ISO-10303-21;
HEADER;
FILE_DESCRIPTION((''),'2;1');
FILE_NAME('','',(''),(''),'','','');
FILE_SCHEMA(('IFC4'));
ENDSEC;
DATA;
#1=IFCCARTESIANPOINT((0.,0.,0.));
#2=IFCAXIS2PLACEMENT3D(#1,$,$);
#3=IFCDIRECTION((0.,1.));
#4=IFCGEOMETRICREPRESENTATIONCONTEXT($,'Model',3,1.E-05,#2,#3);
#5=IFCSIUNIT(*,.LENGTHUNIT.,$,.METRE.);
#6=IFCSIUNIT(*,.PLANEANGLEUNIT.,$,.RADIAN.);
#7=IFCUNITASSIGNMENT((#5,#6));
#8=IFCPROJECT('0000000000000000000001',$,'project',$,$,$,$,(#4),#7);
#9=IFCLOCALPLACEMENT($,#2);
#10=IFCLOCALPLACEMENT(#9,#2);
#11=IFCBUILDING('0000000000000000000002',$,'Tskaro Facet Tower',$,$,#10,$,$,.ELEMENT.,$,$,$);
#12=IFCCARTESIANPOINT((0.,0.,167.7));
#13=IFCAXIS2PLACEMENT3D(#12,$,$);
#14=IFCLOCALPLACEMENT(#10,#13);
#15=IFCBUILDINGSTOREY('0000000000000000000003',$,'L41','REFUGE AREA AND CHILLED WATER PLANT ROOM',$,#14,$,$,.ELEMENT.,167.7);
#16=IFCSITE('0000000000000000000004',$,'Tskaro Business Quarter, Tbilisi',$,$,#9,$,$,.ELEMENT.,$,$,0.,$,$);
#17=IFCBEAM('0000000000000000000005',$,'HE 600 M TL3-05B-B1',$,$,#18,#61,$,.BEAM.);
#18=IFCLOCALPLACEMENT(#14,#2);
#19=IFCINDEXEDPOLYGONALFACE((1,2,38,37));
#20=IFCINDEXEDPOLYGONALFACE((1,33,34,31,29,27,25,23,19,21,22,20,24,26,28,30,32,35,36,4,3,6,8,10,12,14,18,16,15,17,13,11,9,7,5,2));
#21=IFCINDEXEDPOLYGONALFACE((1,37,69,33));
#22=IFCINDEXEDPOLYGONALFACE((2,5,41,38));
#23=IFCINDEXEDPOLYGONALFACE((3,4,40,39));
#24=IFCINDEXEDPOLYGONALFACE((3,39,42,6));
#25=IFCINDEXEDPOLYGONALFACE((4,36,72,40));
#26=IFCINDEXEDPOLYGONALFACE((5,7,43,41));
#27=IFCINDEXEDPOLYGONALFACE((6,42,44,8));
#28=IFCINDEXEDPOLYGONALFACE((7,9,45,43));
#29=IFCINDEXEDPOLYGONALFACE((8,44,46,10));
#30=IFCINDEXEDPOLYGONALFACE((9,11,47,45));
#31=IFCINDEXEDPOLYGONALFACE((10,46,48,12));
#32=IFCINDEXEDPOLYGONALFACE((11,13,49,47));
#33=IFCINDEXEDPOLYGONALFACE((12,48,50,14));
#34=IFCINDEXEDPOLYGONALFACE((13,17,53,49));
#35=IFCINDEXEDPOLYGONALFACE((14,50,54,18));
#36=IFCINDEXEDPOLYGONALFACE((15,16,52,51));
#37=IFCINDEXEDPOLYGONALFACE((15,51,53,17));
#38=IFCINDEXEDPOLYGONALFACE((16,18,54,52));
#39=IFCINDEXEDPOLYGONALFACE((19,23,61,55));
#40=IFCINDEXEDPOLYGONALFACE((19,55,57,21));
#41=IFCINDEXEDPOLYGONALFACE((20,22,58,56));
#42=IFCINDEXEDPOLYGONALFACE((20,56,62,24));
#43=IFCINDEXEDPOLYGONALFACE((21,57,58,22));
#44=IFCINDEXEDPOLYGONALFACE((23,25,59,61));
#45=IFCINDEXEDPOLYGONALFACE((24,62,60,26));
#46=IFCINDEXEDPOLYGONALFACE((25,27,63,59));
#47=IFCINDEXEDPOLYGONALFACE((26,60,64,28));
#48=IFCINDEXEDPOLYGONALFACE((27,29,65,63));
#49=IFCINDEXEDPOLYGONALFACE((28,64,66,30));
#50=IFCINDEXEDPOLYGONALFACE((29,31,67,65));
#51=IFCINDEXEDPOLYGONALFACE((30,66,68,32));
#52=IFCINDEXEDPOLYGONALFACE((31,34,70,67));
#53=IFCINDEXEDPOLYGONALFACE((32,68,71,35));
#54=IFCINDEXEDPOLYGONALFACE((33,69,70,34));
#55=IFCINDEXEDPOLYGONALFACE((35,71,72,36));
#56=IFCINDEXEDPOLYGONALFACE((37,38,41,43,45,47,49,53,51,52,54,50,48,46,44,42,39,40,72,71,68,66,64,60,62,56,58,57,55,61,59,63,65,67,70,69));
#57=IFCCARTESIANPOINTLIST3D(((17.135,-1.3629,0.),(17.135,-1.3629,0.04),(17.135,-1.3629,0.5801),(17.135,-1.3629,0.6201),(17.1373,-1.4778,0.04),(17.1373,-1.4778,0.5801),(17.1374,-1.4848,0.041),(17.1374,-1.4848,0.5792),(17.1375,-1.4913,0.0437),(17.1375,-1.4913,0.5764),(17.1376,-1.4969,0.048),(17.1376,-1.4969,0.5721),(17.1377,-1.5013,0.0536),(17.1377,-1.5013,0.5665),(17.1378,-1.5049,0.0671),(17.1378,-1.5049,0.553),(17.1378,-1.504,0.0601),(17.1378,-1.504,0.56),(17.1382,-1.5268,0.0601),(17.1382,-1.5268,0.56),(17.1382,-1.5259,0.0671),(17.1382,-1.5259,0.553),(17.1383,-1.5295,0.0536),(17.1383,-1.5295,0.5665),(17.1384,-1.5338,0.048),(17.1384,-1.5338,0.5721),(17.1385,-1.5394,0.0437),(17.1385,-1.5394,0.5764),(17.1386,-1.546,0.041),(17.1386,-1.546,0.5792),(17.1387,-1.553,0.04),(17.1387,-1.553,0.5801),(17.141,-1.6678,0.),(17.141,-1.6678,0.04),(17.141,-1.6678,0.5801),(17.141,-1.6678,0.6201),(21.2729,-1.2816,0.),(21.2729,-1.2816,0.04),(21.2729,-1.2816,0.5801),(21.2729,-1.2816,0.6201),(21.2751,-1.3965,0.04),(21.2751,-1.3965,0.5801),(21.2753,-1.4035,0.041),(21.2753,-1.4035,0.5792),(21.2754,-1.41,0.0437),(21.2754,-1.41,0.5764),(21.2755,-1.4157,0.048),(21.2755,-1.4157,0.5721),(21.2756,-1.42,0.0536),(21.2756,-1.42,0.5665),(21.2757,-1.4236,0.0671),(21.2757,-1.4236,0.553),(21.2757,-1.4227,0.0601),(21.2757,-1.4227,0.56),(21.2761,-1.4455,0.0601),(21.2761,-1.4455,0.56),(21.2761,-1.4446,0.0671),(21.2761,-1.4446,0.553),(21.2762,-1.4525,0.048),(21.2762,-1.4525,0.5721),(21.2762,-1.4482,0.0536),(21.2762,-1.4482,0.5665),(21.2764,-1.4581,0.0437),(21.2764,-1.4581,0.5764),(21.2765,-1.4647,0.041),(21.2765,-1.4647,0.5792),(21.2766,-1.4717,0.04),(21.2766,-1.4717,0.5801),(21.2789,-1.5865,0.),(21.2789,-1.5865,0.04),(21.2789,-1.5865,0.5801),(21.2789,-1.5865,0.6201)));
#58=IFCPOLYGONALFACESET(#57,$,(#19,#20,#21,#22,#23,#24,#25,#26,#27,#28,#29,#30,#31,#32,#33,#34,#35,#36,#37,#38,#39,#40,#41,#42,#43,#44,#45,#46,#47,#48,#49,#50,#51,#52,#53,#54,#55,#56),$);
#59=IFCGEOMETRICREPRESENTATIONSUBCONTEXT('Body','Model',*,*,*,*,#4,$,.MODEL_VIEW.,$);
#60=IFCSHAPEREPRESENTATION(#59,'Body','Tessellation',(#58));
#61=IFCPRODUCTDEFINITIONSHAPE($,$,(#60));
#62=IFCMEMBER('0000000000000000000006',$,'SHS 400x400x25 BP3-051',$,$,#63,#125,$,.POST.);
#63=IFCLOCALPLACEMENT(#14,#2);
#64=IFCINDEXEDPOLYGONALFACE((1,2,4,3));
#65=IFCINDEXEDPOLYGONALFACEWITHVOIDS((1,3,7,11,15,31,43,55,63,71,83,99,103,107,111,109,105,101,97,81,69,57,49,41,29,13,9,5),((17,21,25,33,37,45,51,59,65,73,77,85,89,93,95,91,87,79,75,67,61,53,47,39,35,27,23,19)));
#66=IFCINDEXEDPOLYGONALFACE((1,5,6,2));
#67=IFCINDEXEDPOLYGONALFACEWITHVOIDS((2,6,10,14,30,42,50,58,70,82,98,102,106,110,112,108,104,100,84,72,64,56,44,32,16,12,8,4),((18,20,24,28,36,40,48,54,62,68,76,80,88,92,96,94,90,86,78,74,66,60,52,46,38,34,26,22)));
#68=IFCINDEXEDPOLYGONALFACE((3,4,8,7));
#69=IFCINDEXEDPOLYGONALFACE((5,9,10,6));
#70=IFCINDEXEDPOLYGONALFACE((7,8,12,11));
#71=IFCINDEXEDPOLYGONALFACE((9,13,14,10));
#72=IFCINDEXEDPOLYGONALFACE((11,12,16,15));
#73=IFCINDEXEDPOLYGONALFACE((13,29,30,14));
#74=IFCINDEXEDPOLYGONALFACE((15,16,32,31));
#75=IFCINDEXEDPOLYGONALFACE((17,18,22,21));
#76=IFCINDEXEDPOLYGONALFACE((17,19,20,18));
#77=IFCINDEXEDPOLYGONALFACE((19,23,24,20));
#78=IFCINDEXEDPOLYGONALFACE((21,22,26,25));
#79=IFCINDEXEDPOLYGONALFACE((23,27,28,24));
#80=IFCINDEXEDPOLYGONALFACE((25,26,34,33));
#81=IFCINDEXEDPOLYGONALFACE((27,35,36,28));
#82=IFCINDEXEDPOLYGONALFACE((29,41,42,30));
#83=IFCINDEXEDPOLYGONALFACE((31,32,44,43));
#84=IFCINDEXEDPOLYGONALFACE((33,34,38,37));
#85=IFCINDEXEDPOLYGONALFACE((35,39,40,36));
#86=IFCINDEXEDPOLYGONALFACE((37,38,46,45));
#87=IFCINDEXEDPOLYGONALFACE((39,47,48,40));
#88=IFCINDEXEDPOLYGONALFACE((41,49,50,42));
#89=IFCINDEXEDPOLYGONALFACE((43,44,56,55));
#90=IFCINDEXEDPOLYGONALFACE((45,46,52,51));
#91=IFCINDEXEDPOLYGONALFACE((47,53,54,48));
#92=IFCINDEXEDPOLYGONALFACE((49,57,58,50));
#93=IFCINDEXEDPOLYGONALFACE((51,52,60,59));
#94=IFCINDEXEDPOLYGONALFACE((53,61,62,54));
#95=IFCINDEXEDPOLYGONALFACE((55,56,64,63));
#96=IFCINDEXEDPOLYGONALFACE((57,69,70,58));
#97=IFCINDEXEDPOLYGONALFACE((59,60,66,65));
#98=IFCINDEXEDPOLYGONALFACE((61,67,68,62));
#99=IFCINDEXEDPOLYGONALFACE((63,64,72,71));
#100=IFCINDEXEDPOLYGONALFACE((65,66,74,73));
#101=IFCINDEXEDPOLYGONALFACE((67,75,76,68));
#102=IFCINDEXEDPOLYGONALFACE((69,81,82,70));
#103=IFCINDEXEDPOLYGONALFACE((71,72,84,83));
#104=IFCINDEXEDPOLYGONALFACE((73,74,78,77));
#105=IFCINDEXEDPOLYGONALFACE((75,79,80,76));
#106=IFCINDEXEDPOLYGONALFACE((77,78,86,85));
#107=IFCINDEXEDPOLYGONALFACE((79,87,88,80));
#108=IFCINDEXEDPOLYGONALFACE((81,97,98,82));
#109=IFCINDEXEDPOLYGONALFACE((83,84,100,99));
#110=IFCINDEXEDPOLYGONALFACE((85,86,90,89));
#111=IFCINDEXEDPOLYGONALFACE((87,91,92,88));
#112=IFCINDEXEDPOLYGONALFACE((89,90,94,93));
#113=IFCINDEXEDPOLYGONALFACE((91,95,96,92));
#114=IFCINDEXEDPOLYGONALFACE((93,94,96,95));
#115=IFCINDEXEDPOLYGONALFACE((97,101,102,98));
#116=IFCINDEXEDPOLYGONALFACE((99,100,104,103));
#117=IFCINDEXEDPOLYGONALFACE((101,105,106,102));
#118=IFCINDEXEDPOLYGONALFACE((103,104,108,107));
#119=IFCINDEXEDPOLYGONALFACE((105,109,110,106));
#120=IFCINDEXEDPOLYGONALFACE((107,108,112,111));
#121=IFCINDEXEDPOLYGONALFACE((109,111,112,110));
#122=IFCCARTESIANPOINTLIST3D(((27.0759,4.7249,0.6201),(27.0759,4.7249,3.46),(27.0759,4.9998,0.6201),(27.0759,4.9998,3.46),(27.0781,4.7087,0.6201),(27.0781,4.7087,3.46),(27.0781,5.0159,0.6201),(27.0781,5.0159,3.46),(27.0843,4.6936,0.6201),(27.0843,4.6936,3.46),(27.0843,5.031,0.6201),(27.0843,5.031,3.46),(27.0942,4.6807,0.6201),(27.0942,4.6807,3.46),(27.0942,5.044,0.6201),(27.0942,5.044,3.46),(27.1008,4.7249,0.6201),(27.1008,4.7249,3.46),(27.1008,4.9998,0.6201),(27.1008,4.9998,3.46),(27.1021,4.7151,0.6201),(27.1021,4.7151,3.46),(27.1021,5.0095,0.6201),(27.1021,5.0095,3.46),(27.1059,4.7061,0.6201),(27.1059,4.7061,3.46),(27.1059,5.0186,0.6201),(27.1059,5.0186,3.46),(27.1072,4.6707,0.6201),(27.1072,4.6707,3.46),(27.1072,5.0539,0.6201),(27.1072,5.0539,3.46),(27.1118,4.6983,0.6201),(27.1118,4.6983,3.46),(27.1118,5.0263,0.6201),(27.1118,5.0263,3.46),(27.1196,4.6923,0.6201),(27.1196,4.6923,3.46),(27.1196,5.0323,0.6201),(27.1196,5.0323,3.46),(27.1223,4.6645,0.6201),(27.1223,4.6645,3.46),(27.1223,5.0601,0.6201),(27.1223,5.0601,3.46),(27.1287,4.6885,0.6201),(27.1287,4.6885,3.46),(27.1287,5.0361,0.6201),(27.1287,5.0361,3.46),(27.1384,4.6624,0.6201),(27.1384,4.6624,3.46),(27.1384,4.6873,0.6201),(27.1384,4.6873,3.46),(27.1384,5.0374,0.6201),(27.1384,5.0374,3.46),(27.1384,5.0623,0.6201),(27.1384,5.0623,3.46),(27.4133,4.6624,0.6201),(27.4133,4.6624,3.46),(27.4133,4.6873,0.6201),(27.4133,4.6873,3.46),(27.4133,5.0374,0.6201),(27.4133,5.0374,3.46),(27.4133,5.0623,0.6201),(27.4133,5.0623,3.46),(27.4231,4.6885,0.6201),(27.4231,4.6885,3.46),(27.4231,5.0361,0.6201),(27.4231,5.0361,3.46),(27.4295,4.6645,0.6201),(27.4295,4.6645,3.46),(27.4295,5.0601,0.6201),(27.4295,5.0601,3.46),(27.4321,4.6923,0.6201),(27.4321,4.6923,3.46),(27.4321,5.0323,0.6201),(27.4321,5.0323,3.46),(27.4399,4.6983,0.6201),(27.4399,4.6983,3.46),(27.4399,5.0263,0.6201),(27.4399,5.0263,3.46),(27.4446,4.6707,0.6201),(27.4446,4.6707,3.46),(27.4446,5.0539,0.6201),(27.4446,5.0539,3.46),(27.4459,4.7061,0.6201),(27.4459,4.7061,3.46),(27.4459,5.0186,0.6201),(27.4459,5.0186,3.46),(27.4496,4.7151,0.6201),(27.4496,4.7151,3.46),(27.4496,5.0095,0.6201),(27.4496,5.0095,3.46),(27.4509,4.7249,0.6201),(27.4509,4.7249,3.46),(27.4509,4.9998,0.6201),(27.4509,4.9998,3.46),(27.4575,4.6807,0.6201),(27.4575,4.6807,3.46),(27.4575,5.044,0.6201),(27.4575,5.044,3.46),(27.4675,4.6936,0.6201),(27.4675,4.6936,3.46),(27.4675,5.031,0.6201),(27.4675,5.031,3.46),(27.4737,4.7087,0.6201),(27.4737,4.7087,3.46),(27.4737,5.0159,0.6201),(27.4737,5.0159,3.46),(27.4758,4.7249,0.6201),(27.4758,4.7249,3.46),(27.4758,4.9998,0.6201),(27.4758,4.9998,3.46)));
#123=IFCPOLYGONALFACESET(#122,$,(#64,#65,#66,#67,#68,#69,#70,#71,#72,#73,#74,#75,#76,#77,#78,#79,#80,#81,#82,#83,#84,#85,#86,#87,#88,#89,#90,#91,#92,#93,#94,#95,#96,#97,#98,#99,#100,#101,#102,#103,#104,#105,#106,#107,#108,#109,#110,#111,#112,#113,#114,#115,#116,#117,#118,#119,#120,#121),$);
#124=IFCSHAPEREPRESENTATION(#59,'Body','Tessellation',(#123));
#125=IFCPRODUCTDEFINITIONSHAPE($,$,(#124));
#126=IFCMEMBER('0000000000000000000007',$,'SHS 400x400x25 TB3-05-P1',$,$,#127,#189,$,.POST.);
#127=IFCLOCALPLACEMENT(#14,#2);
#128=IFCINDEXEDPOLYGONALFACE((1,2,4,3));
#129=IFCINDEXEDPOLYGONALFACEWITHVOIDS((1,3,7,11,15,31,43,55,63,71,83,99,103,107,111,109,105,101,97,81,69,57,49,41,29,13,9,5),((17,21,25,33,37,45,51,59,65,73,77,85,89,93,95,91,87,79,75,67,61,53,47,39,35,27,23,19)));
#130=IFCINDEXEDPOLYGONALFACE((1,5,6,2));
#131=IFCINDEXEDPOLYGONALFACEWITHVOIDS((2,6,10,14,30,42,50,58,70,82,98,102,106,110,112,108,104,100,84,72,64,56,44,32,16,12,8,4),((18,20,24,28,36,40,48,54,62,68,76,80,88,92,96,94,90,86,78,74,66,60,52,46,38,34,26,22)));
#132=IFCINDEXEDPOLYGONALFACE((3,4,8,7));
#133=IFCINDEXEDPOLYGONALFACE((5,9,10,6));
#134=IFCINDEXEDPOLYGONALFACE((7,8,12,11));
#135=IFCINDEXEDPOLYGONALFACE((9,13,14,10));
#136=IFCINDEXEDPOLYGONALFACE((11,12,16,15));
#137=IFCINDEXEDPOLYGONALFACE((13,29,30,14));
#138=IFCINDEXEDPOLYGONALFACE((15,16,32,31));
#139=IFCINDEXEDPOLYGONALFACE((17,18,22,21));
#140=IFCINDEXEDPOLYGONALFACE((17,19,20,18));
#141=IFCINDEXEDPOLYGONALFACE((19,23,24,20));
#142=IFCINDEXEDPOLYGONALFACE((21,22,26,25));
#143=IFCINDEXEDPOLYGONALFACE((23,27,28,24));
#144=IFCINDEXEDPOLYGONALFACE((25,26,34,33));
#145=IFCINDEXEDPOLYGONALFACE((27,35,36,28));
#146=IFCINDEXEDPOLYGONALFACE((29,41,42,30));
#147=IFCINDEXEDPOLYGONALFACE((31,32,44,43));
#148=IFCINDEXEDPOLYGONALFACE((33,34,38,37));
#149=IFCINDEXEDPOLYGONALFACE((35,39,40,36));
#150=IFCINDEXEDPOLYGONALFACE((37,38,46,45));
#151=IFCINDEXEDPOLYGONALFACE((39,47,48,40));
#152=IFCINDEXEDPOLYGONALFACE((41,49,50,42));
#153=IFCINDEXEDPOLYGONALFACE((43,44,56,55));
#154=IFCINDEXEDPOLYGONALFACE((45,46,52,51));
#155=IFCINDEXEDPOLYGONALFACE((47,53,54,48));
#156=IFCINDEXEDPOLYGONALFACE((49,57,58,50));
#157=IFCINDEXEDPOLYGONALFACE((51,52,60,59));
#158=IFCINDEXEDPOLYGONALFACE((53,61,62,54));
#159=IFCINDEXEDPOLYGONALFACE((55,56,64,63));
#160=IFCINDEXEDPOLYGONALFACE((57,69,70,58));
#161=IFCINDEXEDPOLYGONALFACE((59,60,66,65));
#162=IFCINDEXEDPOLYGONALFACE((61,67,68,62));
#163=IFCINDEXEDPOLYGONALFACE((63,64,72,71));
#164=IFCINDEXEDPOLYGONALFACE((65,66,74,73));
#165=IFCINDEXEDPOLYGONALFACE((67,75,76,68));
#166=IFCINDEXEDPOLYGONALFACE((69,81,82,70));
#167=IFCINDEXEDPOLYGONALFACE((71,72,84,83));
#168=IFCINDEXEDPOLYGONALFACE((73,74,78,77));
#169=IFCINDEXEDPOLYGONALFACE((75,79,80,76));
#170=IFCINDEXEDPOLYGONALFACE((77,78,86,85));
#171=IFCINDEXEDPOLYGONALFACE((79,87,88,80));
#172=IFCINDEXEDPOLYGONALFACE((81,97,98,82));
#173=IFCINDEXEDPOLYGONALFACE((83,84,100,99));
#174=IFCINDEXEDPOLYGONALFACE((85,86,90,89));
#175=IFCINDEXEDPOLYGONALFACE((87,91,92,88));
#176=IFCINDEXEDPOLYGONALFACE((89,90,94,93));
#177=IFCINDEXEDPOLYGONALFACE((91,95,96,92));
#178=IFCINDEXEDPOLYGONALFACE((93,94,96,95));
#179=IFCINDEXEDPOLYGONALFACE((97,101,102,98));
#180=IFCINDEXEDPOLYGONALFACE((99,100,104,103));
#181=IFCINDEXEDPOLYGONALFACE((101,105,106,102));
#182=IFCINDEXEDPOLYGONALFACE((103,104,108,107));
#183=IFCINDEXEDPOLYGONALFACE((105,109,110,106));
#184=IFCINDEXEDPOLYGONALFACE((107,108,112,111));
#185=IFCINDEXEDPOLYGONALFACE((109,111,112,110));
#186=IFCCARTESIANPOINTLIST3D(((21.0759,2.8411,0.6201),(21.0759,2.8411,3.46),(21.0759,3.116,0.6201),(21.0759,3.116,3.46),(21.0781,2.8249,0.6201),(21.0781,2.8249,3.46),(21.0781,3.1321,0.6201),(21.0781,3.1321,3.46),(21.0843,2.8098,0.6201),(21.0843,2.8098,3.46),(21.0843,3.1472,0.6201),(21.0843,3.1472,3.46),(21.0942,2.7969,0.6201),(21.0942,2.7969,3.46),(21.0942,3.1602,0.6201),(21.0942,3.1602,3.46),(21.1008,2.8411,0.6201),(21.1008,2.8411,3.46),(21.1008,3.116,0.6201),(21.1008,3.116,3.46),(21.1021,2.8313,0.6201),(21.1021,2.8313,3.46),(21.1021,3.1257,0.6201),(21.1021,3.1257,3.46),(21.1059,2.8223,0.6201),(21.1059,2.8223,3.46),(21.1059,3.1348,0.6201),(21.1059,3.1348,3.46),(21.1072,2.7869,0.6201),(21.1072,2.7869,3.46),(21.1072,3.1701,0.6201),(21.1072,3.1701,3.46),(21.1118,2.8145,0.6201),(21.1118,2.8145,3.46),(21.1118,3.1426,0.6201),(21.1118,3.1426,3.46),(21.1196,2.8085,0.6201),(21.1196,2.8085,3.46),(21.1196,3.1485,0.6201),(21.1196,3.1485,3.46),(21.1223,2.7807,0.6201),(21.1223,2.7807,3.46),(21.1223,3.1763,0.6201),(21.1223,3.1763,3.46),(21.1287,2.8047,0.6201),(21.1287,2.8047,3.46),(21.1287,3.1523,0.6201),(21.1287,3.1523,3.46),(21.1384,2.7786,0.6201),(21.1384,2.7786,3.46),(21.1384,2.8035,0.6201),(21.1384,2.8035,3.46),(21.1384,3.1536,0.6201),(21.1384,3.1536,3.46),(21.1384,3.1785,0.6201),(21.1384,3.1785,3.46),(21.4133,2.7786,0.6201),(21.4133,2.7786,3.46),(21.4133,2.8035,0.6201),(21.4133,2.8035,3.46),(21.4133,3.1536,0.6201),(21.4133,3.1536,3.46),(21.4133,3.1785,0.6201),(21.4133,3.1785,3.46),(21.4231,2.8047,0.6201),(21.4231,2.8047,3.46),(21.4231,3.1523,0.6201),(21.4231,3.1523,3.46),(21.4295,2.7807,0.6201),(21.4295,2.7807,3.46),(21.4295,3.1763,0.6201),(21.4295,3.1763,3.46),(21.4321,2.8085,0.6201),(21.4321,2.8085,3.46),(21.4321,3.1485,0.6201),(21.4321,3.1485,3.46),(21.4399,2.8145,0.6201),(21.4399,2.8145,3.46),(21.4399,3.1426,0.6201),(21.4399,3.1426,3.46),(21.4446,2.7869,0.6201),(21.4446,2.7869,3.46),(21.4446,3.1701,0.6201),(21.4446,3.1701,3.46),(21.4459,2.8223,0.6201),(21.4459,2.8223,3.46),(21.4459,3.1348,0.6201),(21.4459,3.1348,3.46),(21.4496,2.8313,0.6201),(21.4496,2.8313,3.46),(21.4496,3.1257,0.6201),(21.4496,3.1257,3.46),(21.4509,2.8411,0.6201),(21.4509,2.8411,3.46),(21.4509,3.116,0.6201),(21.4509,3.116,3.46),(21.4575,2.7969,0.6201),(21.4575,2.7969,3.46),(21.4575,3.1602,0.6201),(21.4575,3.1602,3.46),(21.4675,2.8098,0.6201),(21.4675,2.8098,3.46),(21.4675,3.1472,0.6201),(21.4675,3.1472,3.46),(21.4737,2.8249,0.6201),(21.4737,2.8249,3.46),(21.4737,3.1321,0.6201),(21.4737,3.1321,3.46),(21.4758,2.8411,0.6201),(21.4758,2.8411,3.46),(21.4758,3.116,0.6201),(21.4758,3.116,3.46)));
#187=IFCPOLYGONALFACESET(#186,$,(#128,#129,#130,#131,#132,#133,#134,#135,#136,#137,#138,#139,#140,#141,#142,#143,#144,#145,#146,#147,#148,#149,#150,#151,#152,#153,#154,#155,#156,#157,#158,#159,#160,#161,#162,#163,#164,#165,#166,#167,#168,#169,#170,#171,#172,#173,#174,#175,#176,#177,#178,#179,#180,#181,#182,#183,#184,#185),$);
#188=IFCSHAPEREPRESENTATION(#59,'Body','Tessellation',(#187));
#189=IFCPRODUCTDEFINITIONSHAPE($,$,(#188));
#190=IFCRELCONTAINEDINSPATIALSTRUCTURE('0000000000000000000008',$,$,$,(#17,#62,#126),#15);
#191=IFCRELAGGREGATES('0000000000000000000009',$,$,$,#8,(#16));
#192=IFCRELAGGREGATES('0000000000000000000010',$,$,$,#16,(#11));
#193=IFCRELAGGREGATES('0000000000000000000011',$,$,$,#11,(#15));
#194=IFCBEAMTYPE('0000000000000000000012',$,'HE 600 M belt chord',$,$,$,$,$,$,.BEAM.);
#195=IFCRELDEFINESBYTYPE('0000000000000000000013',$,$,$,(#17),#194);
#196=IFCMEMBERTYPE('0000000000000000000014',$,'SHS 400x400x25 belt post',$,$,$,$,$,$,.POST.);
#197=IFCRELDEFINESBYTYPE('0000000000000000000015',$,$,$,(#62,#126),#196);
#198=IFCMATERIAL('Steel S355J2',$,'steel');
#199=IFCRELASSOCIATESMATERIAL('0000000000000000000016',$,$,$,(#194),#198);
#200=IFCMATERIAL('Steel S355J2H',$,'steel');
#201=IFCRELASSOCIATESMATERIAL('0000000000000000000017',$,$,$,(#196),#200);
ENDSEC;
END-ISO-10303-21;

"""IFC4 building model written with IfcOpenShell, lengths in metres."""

from ifc_helpers import new_model, si_unit, direction, frame, origin, origin_2d, place, context, subcontext, project, spatial, hollow_rectangle, i_section, extrude, material, material_profile, profile_set, type_object, element, save


model = new_model("IFC4")

# Units and contexts
model_context = context("Model", 3, precision=1e-05, world=origin(), true_north=direction((0.0, 1.0)))
body_context = subcontext(model_context, "Body", "Model", "MODEL_VIEW")
ifc_project = project(units=[si_unit("LENGTHUNIT", "METRE"), si_unit("PLANEANGLEUNIT", "RADIAN")], contexts=[model_context])

# Site, building, storey
site_placement = place(None, origin())
site = spatial("IfcSite", under=ifc_project, at=site_placement, Name="Tskaro Business Quarter, Tbilisi", CompositionType="ELEMENT", RefElevation=0.0)
building_placement = place(site_placement, origin())
building = spatial("IfcBuilding", under=site, at=building_placement, Name="Tskaro Facet Tower", CompositionType="ELEMENT")
storey_placement = place(building_placement, frame((0.0, 0.0, 167.7)))
storey = spatial("IfcBuildingStorey", under=building, at=storey_placement, Name="L41", Description="REFUGE AREA AND CHILLED WATER PLANT ROOM", CompositionType="ELEMENT", Elevation=167.7)

# Shared definitions
ifc_material_1 = material(Name="Steel S355J2H", Category="steel")

# Shared definitions
ifc_material_2 = material(Name="Steel S355J2", Category="steel")

# Beam
ifc_material_profile_1 = material_profile(ifc_material_2, i_section(OverallWidth=0.3049, OverallDepth=0.6201, WebThickness=0.021, FlangeThickness=0.04, FilletRadius=0.0271, at=origin_2d()), Name="HE 600 M")
ifc_profile_set_1 = profile_set([ifc_material_profile_1], Name="Steel S355J2")
beam_type_1 = type_object("IfcBeamType", Name="HE 600 M belt chord", PredefinedType="BEAM", material=ifc_profile_set_1)
for number, where, z_axis, x_axis, name in (
    (1, (21.2759, -1.4341, 0.3101), (-0.999807, -0.019643, 0.0), (0.019643, -0.999807, 0.0), "HE 600 M TL3-05B-B1"),
):
    element("IfcBeam", number, at=place(storey_placement, frame(where, z_axis=z_axis, x_axis=x_axis)), inside=storey, type_object=beam_type_1, Name=name, PredefinedType="BEAM", context=body_context, shape_type="SweptSolid", body=[
        extrude(i_section(OverallWidth=0.3049, OverallDepth=0.6201, WebThickness=0.021, FlangeThickness=0.04, FilletRadius=0.0271, at=origin_2d()), origin(), (0.0, 0.0, 1.0), 4.1387),
    ])

# Members
ifc_material_profile_2 = material_profile(ifc_material_1, hollow_rectangle(XDim=0.3999, YDim=0.3999, WallThickness=0.0249, InnerFilletRadius=0.0376, OuterFilletRadius=0.0625, at=origin_2d()), Name="SHS 400x400x25")
ifc_profile_set_2 = profile_set([ifc_material_profile_2], Name="Steel S355J2H")
member_type_1 = type_object("IfcMemberType", Name="SHS 400x400x25 belt post", PredefinedType="POST", material=ifc_profile_set_2)
for number, where, z_axis, x_axis, name in (
    (2, (27.2759, 4.8623, 0.6201), (0.0, 0.0, 1.0), (1.0, 0.0, 0.0), "SHS 400x400x25 BP3-051"),
    (3, (21.2759, 2.9785, 0.6201), (0.0, 0.0, 1.0), (1.0, 0.0, 0.0), "SHS 400x400x25 TB3-05-P1"),
):
    element("IfcMember", number, at=place(storey_placement, frame(where, z_axis=z_axis, x_axis=x_axis)), inside=storey, type_object=member_type_1, Name=name, PredefinedType="POST", context=body_context, shape_type="SweptSolid", body=[
        extrude(hollow_rectangle(XDim=0.3999, YDim=0.3999, WallThickness=0.0249, InnerFilletRadius=0.0376, OuterFilletRadius=0.0625, at=origin_2d()), origin(), (0.0, 0.0, 1.0), 2.8398),
    ])

save(model, "model.ifc")
